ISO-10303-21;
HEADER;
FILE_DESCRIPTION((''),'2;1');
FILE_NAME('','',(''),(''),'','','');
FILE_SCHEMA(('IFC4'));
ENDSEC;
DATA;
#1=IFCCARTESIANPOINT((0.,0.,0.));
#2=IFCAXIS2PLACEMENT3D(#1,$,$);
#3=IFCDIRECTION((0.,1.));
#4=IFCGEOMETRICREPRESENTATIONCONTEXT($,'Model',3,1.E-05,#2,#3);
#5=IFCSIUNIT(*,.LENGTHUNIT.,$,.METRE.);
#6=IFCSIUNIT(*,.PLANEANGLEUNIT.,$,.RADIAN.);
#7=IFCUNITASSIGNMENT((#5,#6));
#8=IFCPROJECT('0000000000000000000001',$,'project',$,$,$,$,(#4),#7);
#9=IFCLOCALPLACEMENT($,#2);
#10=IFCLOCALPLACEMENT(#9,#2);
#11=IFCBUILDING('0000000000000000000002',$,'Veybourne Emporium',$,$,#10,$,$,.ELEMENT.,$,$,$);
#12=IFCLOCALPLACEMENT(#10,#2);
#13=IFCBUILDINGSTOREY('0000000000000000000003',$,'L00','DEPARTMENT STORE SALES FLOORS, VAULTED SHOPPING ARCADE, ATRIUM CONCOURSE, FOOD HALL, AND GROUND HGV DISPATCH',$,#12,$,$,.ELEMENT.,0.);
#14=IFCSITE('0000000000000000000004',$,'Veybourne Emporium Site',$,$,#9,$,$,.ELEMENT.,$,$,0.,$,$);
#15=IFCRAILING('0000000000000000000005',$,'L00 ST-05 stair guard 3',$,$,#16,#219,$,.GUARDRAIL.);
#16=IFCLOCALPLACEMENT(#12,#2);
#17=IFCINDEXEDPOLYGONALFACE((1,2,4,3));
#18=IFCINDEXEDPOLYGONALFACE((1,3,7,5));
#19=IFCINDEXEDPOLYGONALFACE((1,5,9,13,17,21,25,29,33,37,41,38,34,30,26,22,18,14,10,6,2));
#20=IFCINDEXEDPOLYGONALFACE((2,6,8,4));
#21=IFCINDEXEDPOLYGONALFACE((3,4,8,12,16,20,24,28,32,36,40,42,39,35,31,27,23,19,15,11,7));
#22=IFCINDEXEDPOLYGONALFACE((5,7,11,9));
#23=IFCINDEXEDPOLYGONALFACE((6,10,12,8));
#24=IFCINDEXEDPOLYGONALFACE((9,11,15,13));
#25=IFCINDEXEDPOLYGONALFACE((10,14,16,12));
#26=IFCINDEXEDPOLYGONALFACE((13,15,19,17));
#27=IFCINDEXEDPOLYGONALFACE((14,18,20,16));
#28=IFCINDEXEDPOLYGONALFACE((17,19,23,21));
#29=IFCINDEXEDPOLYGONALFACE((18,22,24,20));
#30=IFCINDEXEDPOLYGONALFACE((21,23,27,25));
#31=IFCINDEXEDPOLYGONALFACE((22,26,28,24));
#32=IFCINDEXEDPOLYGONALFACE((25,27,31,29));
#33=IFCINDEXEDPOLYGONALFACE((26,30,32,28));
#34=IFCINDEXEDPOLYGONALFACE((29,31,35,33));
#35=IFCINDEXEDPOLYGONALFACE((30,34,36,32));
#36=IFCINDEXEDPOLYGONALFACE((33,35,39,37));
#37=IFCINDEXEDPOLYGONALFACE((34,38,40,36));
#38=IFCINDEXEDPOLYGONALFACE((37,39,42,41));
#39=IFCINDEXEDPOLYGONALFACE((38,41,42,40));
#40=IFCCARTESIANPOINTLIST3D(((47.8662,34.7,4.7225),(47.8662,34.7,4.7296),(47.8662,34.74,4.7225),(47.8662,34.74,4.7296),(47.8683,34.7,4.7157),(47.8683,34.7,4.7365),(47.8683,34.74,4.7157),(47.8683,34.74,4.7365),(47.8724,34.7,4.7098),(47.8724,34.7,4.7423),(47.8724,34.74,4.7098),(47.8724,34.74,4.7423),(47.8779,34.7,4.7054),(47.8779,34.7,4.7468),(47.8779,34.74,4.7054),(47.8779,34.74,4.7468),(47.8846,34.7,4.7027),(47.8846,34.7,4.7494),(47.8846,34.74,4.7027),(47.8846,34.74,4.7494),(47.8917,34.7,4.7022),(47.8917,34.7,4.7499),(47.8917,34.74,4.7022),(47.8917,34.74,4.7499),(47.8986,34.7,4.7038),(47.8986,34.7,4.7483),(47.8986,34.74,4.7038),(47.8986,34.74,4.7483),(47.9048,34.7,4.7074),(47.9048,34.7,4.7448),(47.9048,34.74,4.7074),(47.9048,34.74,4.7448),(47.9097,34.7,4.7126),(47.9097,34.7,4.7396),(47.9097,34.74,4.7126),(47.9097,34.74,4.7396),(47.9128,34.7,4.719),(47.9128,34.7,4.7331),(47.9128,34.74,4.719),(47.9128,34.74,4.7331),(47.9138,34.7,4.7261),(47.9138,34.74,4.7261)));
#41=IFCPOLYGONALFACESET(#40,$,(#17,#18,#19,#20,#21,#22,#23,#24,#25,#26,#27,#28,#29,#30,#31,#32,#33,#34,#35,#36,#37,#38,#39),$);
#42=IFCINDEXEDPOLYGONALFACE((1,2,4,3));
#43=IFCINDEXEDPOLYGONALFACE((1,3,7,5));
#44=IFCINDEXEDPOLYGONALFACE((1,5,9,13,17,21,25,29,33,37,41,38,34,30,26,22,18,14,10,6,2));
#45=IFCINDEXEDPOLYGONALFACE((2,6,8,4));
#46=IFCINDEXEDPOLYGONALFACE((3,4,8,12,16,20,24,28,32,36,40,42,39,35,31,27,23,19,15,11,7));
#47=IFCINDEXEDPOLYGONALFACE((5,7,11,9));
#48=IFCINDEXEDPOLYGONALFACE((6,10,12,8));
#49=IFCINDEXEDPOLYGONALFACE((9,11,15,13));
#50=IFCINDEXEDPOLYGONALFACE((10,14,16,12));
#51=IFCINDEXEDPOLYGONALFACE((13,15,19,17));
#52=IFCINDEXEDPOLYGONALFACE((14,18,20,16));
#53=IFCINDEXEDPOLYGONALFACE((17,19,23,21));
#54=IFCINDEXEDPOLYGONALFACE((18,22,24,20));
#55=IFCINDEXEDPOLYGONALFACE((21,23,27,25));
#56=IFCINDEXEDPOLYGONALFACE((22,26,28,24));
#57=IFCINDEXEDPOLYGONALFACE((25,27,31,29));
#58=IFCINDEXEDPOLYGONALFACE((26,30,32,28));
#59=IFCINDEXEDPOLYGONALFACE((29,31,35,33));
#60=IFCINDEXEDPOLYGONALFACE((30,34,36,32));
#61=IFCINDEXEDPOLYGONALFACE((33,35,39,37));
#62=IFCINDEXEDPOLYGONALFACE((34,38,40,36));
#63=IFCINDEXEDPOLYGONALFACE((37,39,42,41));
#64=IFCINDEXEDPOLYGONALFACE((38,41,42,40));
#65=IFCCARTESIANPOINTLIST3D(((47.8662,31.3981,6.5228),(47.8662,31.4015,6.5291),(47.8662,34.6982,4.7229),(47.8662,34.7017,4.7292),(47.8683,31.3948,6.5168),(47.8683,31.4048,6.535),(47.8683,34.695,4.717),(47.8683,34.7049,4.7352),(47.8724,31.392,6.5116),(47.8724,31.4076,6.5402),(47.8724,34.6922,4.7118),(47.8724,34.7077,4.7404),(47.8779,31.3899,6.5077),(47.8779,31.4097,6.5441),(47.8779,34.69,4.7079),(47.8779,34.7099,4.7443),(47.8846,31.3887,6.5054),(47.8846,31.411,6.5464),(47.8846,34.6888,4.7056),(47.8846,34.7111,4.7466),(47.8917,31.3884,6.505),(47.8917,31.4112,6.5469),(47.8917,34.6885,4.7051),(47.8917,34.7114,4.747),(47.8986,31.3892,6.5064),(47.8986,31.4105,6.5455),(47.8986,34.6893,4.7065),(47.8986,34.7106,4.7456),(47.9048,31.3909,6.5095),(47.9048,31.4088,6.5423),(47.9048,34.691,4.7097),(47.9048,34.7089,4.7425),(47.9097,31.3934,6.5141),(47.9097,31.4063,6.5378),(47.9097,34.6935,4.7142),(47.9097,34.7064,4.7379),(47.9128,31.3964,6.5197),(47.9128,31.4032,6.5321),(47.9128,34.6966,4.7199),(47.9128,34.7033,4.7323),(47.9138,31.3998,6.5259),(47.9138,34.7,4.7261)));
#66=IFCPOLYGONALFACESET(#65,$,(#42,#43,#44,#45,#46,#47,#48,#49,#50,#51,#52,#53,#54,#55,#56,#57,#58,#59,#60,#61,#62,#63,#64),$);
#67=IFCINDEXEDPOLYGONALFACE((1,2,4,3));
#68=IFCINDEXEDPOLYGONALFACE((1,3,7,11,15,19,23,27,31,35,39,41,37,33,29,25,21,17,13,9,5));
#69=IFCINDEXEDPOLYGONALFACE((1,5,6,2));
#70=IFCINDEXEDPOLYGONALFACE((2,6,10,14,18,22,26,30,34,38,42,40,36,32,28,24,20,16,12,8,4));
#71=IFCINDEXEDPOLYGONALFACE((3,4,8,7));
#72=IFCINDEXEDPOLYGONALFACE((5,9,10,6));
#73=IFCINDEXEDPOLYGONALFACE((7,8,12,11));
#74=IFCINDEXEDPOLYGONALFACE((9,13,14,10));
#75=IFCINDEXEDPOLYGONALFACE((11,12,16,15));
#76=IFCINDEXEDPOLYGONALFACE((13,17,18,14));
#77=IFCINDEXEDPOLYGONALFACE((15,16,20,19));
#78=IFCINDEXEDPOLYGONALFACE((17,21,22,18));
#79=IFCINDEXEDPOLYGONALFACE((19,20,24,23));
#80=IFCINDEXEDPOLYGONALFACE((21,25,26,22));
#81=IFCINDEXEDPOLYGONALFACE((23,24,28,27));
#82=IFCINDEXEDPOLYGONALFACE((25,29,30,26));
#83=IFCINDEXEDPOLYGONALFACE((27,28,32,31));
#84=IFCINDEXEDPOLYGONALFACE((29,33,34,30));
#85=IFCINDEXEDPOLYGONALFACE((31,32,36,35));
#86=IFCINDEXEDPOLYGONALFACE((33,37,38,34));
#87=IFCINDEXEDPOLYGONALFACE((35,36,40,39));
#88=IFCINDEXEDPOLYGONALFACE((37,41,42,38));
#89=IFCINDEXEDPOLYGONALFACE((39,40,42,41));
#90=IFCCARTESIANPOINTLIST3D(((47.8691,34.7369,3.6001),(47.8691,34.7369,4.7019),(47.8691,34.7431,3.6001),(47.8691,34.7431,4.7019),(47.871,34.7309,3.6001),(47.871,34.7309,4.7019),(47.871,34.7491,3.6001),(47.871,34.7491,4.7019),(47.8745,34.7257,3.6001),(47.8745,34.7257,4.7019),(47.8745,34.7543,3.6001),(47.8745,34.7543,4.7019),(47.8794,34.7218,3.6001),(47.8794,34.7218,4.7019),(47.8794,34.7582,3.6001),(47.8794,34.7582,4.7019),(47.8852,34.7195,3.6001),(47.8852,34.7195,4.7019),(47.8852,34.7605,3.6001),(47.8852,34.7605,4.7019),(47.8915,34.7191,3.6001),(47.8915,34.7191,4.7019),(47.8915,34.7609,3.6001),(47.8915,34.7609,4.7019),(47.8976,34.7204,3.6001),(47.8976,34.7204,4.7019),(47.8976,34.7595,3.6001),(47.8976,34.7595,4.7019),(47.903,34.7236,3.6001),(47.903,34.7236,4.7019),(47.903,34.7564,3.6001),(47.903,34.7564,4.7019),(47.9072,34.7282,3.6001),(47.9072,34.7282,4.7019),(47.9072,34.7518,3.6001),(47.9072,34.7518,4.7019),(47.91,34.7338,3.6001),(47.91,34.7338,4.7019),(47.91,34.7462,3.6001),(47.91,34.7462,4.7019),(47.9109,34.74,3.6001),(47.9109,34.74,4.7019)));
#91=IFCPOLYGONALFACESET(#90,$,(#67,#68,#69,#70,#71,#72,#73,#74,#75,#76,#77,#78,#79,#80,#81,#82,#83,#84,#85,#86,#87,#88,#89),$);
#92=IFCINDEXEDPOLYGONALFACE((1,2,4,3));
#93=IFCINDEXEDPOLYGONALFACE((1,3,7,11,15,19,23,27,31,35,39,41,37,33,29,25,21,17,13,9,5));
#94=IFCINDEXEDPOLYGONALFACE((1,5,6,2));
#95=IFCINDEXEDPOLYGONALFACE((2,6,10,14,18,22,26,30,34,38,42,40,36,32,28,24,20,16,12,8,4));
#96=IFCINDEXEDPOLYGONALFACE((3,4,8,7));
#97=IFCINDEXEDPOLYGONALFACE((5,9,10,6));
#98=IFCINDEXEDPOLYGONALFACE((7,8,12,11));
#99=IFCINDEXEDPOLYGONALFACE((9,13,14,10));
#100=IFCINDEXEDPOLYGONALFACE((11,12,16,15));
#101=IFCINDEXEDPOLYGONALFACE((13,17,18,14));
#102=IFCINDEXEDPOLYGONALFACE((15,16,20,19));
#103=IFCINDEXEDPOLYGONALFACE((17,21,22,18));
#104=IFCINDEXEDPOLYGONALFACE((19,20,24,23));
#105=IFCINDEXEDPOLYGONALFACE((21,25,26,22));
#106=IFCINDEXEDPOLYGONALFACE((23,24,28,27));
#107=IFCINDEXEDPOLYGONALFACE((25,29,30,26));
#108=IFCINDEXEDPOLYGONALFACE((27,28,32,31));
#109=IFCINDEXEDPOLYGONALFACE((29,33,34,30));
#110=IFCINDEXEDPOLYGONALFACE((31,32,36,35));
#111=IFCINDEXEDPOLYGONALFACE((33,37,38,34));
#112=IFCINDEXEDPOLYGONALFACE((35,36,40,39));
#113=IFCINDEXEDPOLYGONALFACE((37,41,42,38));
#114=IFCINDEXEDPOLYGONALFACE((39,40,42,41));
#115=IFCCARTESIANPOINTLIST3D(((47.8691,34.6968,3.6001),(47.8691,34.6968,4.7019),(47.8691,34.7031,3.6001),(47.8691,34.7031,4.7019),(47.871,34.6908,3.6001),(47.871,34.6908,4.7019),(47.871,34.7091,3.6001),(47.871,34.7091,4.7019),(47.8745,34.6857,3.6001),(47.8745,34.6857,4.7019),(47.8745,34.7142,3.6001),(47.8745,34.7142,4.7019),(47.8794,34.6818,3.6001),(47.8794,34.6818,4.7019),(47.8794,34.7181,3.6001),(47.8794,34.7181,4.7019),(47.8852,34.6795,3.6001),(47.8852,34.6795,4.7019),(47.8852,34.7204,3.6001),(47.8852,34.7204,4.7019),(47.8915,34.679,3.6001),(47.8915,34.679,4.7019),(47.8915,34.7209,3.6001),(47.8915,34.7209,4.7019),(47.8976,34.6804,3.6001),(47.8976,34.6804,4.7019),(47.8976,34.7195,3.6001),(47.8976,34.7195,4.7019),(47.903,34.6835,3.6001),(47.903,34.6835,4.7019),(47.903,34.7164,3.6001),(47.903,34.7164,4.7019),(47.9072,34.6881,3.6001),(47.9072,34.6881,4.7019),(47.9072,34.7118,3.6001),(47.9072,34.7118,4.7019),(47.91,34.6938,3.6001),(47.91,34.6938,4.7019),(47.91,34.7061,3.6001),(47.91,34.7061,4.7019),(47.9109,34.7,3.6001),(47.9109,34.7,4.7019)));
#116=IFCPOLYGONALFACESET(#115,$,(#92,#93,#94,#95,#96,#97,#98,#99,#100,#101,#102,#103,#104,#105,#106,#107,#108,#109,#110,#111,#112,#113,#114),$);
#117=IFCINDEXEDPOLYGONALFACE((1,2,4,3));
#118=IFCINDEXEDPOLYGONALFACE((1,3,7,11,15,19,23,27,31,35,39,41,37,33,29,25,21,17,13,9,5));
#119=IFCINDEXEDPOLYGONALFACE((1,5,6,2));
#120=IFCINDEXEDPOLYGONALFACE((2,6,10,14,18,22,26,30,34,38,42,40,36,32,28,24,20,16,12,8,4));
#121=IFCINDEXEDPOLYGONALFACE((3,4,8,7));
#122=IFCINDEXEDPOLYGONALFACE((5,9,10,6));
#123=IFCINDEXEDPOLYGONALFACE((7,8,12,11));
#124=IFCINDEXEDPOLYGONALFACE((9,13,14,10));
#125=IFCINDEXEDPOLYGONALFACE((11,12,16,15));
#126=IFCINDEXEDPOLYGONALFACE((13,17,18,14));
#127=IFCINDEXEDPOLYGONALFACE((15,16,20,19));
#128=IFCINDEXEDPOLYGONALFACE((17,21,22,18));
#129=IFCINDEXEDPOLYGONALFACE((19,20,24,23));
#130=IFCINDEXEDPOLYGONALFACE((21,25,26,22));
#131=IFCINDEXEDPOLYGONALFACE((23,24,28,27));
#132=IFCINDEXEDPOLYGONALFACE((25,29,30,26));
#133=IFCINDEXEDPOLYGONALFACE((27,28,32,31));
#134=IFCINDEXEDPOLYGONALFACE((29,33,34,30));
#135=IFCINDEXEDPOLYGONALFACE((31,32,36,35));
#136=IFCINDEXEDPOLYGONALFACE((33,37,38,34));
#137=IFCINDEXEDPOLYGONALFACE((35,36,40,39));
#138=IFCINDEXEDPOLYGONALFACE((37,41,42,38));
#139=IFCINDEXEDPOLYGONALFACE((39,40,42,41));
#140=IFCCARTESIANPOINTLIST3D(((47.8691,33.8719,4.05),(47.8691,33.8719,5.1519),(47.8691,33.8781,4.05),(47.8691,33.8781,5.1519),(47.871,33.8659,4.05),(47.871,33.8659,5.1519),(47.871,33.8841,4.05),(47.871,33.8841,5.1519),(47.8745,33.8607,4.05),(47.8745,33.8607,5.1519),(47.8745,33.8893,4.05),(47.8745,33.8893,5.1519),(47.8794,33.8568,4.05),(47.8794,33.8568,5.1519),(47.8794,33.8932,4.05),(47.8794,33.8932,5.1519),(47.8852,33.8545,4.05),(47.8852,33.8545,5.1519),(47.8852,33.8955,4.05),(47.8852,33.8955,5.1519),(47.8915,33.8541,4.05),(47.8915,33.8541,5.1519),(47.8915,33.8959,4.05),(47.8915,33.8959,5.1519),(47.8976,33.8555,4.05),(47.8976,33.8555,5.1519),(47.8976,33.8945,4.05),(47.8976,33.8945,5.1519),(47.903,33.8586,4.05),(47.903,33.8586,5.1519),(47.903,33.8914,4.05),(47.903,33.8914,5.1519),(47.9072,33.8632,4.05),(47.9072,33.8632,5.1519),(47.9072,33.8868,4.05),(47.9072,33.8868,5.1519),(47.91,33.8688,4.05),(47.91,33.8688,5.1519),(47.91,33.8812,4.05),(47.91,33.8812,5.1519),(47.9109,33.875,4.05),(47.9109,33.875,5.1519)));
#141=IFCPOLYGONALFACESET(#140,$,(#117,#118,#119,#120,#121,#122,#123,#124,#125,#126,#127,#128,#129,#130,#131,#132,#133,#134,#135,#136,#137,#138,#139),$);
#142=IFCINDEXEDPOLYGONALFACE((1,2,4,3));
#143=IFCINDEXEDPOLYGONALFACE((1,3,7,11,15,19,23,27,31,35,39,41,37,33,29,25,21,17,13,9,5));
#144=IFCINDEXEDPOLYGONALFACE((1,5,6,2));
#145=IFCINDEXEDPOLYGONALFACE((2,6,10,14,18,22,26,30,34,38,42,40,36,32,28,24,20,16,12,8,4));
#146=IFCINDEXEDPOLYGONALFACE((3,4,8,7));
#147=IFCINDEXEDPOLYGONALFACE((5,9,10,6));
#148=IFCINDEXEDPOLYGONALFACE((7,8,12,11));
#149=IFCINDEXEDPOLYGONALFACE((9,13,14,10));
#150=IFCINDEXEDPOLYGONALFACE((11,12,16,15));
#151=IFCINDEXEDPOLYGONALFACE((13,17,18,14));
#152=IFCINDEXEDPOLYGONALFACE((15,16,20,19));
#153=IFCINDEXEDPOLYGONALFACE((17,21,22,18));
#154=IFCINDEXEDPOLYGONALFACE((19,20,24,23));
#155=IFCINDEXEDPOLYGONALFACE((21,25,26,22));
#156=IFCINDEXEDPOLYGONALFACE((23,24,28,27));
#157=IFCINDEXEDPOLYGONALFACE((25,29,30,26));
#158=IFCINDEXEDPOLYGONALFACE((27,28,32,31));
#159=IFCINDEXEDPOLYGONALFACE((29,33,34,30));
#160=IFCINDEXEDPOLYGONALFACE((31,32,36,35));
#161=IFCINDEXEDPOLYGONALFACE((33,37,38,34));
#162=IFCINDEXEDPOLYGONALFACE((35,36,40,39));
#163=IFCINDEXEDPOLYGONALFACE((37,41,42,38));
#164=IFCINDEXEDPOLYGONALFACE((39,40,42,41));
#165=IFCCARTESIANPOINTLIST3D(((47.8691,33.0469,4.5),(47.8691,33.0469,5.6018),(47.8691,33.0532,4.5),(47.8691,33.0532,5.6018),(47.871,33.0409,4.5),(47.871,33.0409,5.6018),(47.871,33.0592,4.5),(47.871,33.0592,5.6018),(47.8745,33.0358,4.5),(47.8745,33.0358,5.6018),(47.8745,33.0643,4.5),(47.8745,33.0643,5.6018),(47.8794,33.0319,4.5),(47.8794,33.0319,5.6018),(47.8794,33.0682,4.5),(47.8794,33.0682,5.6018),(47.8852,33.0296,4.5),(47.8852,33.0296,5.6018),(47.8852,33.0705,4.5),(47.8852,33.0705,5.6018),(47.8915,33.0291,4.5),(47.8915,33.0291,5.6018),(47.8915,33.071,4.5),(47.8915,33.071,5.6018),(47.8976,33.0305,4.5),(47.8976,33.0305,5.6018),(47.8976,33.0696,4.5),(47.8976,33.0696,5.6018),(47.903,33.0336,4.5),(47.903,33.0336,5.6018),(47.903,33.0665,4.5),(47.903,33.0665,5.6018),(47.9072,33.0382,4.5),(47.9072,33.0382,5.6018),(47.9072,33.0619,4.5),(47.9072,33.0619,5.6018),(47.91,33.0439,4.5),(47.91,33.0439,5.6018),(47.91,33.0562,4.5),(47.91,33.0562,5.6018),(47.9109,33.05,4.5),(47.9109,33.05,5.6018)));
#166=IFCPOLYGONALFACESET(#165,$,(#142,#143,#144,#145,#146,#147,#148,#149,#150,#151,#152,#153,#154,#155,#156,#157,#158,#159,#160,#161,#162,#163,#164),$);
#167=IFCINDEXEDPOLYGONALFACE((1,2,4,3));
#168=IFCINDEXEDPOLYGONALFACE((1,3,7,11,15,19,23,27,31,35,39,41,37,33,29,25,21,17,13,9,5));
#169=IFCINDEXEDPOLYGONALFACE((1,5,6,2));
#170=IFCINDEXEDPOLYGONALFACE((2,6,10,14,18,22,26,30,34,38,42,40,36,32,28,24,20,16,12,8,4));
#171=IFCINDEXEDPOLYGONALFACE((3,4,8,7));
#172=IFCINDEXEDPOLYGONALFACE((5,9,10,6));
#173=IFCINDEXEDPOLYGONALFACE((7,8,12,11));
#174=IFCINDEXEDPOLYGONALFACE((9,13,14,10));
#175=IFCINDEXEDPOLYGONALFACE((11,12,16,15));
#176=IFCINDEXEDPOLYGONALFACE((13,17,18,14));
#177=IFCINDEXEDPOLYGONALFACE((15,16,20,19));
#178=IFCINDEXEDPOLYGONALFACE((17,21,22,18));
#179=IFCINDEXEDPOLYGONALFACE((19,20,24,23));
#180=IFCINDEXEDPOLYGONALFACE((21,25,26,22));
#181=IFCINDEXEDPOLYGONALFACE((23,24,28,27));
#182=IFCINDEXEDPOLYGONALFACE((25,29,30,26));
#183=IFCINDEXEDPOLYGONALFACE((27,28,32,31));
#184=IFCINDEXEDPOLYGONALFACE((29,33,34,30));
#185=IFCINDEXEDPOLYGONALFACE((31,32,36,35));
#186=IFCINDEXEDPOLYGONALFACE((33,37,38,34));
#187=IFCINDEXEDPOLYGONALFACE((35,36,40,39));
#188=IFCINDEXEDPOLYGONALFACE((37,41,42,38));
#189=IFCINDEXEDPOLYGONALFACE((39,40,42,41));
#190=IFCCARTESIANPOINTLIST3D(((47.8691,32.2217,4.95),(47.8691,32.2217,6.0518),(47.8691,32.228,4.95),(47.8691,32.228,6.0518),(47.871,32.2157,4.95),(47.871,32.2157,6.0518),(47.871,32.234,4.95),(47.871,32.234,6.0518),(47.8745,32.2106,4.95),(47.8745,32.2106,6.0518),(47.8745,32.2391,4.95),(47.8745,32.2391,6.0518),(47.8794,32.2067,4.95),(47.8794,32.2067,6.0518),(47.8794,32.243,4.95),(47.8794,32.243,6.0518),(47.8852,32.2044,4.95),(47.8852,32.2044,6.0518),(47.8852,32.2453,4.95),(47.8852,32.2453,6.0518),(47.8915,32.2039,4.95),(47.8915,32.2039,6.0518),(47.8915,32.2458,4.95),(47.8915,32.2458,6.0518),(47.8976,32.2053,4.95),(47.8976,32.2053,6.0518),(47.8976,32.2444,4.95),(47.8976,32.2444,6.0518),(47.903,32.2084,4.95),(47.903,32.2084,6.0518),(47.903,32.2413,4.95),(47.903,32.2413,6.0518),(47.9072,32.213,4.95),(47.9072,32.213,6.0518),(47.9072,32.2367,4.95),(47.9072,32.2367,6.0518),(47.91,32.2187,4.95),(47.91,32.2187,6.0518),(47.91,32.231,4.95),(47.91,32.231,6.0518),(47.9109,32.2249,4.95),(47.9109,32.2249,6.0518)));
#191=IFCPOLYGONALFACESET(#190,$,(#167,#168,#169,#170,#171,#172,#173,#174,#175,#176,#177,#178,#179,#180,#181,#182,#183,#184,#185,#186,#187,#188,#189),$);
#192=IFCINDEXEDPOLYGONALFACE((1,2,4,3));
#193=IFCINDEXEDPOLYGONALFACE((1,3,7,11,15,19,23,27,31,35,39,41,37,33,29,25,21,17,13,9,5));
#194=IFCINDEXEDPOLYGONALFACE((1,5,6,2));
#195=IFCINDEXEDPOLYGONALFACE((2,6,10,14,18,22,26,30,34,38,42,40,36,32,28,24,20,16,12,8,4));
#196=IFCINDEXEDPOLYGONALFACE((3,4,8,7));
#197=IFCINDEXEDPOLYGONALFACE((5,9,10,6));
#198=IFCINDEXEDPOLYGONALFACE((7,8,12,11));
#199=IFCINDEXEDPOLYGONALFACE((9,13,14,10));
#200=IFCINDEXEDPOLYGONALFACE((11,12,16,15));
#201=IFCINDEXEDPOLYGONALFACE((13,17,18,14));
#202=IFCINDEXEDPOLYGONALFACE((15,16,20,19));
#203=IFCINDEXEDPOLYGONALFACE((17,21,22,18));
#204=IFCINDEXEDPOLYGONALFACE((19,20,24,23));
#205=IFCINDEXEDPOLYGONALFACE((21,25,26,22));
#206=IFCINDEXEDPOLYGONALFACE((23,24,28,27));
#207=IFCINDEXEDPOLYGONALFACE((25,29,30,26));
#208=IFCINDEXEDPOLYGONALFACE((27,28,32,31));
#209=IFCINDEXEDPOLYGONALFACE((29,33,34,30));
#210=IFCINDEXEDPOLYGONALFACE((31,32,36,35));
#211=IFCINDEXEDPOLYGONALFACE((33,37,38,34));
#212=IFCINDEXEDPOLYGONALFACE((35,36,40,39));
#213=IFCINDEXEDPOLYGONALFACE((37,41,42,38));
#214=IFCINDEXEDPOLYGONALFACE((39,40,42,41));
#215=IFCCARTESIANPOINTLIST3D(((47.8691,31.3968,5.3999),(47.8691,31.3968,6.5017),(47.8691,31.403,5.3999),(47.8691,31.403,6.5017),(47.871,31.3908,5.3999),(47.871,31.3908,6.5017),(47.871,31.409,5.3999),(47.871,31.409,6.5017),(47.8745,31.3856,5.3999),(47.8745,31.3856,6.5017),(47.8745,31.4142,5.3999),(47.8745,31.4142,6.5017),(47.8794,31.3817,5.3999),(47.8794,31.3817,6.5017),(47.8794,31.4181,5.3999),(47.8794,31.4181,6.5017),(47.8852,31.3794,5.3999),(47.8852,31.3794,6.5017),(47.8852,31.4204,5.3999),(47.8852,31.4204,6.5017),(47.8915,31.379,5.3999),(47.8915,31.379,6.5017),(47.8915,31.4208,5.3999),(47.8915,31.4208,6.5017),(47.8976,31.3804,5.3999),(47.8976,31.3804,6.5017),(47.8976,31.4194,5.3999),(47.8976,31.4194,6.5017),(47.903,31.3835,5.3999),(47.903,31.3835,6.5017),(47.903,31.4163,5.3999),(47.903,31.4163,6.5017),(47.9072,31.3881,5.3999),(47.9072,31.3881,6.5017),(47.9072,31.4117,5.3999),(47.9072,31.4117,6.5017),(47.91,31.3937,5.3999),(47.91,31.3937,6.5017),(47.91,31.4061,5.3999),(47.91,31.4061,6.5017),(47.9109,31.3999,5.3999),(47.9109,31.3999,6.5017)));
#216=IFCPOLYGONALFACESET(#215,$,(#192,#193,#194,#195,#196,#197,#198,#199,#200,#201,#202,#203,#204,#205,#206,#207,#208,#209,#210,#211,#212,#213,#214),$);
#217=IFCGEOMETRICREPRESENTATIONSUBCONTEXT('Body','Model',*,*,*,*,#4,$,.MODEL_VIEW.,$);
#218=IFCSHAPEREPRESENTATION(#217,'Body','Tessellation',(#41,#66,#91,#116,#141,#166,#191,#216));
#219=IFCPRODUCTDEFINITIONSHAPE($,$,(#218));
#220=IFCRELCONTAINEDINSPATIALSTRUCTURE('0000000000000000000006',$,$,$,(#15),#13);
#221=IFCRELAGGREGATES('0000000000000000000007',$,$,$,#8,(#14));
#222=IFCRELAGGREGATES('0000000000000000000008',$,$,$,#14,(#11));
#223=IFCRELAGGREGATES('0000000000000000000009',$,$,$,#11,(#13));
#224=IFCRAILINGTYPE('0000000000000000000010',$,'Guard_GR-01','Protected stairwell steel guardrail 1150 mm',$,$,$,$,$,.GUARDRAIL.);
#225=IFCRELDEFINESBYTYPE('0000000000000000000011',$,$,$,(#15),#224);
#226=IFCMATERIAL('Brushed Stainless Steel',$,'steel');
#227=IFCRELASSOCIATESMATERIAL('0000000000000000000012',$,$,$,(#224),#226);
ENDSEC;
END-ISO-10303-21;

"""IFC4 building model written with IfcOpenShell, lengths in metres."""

from ifc_helpers import new_model, si_unit, direction, frame, origin, origin_2d, place, context, subcontext, project, spatial, circle, extrude, material, type_object, element, save


model = new_model("IFC4")

# Units and contexts
model_context = context("Model", 3, precision=1e-05, world=origin(), true_north=direction((0.0, 1.0)))
body_context = subcontext(model_context, "Body", "Model", "MODEL_VIEW")
ifc_project = project(units=[si_unit("LENGTHUNIT", "METRE"), si_unit("PLANEANGLEUNIT", "RADIAN")], contexts=[model_context])

# Site, building, storey
site_placement = place(None, origin())
site = spatial("IfcSite", under=ifc_project, at=site_placement, Name="Veybourne Emporium Site", CompositionType="ELEMENT", RefElevation=0.0)
building_placement = place(site_placement, origin())
building = spatial("IfcBuilding", under=site, at=building_placement, Name="Veybourne Emporium", CompositionType="ELEMENT")
storey_placement = place(building_placement, origin())
storey = spatial("IfcBuildingStorey", under=building, at=storey_placement, Name="L00", Description="DEPARTMENT STORE SALES FLOORS, VAULTED SHOPPING ARCADE, ATRIUM CONCOURSE, FOOD HALL, AND GROUND HGV DISPATCH", CompositionType="ELEMENT", Elevation=0.0)

# Railing
ifc_material_1 = material(Name="Brushed Stainless Steel", Category="steel")
railing_type_1 = type_object("IfcRailingType", Name="Guard_GR-01", Description="Protected stairwell steel guardrail 1150 mm", PredefinedType="GUARDRAIL", material=ifc_material_1)
railing_1_placement = place(storey_placement, frame((47.8899, 34.74, 3.6001)))
element("IfcRailing", 1, at=railing_1_placement, inside=storey, type_object=railing_type_1, Name="L00 ST-05 stair guard 3", PredefinedType="GUARDRAIL", context=body_context, shape_type="SweptSolid", body=[
    extrude(circle(Radius=0.0239, at=origin_2d()), frame((0.0, 0.0, 1.126), z_axis=(0.0, -1.0, 0.0), x_axis=(1.0, 0.0, 0.0)), (0.0, 0.0, 1.0), 0.04),
    extrude(circle(Radius=0.0239, at=origin_2d()), frame((0.0, -0.04, 1.126), z_axis=(0.0, -0.87792, 0.478807), x_axis=(1.0, 0.0, 0.0)), (0.0, 0.0, 1.0), 3.759),
    extrude(circle(Radius=0.021, at=origin_2d()), origin(), (0.0, 0.0, 1.0), 1.1018),
    extrude(circle(Radius=0.021, at=origin_2d()), frame((0.0, -0.04, 0.0)), (0.0, 0.0, 1.0), 1.1018),
    extrude(circle(Radius=0.021, at=origin_2d()), frame((0.0, -0.865, 0.45)), (0.0, 0.0, 1.0), 1.1018),
    extrude(circle(Radius=0.021, at=origin_2d()), frame((0.0, -1.6899, 0.8999)), (0.0, 0.0, 1.0), 1.1018),
    extrude(circle(Radius=0.021, at=origin_2d()), frame((0.0, -2.5151, 1.3499)), (0.0, 0.0, 1.0), 1.1018),
    extrude(circle(Radius=0.021, at=origin_2d()), frame((0.0, -3.3401, 1.7998)), (0.0, 0.0, 1.0), 1.1018),
])

save(model, "model.ifc")
